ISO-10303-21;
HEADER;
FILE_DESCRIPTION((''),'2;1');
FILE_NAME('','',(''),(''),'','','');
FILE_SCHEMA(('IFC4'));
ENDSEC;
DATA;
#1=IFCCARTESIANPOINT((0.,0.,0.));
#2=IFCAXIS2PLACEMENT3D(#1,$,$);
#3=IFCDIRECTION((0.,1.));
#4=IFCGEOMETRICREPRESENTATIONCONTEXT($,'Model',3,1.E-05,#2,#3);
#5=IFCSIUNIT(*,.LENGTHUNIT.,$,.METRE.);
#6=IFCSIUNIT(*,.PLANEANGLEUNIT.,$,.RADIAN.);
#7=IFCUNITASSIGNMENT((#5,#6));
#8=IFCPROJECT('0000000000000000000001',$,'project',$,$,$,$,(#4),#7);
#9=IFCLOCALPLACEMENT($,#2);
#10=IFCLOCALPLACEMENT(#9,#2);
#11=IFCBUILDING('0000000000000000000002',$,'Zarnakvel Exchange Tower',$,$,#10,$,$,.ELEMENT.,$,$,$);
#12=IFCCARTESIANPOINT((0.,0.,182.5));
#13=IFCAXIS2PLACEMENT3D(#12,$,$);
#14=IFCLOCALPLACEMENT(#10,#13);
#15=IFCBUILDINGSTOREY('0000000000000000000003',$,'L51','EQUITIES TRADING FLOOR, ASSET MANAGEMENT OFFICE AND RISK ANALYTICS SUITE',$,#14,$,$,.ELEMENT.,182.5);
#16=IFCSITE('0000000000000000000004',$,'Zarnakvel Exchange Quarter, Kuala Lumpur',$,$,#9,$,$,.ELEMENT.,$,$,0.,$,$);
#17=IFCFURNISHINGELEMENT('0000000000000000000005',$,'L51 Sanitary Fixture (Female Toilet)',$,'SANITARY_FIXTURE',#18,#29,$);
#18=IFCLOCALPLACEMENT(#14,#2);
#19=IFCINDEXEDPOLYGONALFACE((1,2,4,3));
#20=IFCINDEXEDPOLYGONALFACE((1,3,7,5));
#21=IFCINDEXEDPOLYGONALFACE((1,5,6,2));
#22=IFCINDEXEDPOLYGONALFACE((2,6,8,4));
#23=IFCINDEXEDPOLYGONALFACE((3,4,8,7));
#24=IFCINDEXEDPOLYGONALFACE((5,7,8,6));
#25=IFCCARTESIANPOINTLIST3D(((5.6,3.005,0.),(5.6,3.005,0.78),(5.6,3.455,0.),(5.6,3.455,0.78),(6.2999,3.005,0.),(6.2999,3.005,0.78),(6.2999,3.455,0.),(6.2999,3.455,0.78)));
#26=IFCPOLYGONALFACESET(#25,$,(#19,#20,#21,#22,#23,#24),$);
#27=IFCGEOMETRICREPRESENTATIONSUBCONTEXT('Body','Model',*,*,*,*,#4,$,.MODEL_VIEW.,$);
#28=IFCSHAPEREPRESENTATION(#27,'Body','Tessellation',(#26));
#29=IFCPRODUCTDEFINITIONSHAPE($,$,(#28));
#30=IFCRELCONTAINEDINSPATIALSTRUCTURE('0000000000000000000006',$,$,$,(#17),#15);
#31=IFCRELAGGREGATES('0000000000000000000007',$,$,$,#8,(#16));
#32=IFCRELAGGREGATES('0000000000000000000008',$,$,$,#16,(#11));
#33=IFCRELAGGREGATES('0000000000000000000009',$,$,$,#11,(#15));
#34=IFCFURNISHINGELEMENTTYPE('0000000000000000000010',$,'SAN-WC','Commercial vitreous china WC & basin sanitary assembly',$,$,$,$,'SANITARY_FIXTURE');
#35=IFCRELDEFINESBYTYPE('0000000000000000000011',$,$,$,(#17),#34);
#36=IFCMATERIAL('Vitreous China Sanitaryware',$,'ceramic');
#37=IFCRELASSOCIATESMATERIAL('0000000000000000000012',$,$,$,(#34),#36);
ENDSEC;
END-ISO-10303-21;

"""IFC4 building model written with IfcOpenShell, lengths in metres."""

from ifc_helpers import new_model, si_unit, direction, frame, origin, origin_2d, place, context, subcontext, project, spatial, rectangle, extrude, source, transform, mapped, material, type_object, element, save


model = new_model("IFC4")

# Units and contexts
model_context = context("Model", 3, precision=1e-05, world=origin(), true_north=direction((0.0, 1.0)))
body_context = subcontext(model_context, "Body", "Model", "MODEL_VIEW")
ifc_project = project(units=[si_unit("LENGTHUNIT", "METRE"), si_unit("PLANEANGLEUNIT", "RADIAN")], contexts=[model_context])

# Site, building, storey
site_placement = place(None, origin())
site = spatial("IfcSite", under=ifc_project, at=site_placement, Name="Zarnakvel Exchange Quarter, Kuala Lumpur", CompositionType="ELEMENT", RefElevation=0.0)
building_placement = place(site_placement, origin())
building = spatial("IfcBuilding", under=site, at=building_placement, Name="Zarnakvel Exchange Tower", CompositionType="ELEMENT")
storey_placement = place(building_placement, frame((0.0, 0.0, 182.5)))
storey = spatial("IfcBuildingStorey", under=building, at=storey_placement, Name="L51", Description="EQUITIES TRADING FLOOR, ASSET MANAGEMENT OFFICE AND RISK ANALYTICS SUITE", CompositionType="ELEMENT", Elevation=182.5)

# Furnishing element
ifc_material_1 = material(Name="Vitreous China Sanitaryware", Category="ceramic")
furnishing_element_type = type_object("IfcFurnishingElementType", Name="SAN-WC", Description="Commercial vitreous china WC & basin sanitary assembly", ElementType="SANITARY_FIXTURE", material=ifc_material_1)
shared_shape_1 = source(origin(), body_context, "Body", "SweptSolid", [
    extrude(rectangle(XDim=0.7, YDim=0.45, at=origin_2d()), origin(), (0.0, 0.0, 1.0), 0.78),
])
furnishing_placement = place(storey_placement, frame((5.95, 3.23, 0.0), z_axis=(0.0, 0.0, 1.0), x_axis=(1.0, 0.0, 0.0)))
element("IfcFurnishingElement", 1, at=furnishing_placement, inside=storey, type_object=furnishing_element_type, Name="L51 Sanitary Fixture (Female Toilet)", ObjectType="SANITARY_FIXTURE", context=body_context, shape_type="MappedRepresentation", body=[
    mapped(shared_shape_1, transform((0.0, 0.0, 0.0), x_axis=(1.0, 0.0, 0.0), y_axis=(0.0, 1.0, 0.0), z_axis=(0.0, 0.0, 1.0), scale=1.0)),
])

save(model, "model.ifc")
